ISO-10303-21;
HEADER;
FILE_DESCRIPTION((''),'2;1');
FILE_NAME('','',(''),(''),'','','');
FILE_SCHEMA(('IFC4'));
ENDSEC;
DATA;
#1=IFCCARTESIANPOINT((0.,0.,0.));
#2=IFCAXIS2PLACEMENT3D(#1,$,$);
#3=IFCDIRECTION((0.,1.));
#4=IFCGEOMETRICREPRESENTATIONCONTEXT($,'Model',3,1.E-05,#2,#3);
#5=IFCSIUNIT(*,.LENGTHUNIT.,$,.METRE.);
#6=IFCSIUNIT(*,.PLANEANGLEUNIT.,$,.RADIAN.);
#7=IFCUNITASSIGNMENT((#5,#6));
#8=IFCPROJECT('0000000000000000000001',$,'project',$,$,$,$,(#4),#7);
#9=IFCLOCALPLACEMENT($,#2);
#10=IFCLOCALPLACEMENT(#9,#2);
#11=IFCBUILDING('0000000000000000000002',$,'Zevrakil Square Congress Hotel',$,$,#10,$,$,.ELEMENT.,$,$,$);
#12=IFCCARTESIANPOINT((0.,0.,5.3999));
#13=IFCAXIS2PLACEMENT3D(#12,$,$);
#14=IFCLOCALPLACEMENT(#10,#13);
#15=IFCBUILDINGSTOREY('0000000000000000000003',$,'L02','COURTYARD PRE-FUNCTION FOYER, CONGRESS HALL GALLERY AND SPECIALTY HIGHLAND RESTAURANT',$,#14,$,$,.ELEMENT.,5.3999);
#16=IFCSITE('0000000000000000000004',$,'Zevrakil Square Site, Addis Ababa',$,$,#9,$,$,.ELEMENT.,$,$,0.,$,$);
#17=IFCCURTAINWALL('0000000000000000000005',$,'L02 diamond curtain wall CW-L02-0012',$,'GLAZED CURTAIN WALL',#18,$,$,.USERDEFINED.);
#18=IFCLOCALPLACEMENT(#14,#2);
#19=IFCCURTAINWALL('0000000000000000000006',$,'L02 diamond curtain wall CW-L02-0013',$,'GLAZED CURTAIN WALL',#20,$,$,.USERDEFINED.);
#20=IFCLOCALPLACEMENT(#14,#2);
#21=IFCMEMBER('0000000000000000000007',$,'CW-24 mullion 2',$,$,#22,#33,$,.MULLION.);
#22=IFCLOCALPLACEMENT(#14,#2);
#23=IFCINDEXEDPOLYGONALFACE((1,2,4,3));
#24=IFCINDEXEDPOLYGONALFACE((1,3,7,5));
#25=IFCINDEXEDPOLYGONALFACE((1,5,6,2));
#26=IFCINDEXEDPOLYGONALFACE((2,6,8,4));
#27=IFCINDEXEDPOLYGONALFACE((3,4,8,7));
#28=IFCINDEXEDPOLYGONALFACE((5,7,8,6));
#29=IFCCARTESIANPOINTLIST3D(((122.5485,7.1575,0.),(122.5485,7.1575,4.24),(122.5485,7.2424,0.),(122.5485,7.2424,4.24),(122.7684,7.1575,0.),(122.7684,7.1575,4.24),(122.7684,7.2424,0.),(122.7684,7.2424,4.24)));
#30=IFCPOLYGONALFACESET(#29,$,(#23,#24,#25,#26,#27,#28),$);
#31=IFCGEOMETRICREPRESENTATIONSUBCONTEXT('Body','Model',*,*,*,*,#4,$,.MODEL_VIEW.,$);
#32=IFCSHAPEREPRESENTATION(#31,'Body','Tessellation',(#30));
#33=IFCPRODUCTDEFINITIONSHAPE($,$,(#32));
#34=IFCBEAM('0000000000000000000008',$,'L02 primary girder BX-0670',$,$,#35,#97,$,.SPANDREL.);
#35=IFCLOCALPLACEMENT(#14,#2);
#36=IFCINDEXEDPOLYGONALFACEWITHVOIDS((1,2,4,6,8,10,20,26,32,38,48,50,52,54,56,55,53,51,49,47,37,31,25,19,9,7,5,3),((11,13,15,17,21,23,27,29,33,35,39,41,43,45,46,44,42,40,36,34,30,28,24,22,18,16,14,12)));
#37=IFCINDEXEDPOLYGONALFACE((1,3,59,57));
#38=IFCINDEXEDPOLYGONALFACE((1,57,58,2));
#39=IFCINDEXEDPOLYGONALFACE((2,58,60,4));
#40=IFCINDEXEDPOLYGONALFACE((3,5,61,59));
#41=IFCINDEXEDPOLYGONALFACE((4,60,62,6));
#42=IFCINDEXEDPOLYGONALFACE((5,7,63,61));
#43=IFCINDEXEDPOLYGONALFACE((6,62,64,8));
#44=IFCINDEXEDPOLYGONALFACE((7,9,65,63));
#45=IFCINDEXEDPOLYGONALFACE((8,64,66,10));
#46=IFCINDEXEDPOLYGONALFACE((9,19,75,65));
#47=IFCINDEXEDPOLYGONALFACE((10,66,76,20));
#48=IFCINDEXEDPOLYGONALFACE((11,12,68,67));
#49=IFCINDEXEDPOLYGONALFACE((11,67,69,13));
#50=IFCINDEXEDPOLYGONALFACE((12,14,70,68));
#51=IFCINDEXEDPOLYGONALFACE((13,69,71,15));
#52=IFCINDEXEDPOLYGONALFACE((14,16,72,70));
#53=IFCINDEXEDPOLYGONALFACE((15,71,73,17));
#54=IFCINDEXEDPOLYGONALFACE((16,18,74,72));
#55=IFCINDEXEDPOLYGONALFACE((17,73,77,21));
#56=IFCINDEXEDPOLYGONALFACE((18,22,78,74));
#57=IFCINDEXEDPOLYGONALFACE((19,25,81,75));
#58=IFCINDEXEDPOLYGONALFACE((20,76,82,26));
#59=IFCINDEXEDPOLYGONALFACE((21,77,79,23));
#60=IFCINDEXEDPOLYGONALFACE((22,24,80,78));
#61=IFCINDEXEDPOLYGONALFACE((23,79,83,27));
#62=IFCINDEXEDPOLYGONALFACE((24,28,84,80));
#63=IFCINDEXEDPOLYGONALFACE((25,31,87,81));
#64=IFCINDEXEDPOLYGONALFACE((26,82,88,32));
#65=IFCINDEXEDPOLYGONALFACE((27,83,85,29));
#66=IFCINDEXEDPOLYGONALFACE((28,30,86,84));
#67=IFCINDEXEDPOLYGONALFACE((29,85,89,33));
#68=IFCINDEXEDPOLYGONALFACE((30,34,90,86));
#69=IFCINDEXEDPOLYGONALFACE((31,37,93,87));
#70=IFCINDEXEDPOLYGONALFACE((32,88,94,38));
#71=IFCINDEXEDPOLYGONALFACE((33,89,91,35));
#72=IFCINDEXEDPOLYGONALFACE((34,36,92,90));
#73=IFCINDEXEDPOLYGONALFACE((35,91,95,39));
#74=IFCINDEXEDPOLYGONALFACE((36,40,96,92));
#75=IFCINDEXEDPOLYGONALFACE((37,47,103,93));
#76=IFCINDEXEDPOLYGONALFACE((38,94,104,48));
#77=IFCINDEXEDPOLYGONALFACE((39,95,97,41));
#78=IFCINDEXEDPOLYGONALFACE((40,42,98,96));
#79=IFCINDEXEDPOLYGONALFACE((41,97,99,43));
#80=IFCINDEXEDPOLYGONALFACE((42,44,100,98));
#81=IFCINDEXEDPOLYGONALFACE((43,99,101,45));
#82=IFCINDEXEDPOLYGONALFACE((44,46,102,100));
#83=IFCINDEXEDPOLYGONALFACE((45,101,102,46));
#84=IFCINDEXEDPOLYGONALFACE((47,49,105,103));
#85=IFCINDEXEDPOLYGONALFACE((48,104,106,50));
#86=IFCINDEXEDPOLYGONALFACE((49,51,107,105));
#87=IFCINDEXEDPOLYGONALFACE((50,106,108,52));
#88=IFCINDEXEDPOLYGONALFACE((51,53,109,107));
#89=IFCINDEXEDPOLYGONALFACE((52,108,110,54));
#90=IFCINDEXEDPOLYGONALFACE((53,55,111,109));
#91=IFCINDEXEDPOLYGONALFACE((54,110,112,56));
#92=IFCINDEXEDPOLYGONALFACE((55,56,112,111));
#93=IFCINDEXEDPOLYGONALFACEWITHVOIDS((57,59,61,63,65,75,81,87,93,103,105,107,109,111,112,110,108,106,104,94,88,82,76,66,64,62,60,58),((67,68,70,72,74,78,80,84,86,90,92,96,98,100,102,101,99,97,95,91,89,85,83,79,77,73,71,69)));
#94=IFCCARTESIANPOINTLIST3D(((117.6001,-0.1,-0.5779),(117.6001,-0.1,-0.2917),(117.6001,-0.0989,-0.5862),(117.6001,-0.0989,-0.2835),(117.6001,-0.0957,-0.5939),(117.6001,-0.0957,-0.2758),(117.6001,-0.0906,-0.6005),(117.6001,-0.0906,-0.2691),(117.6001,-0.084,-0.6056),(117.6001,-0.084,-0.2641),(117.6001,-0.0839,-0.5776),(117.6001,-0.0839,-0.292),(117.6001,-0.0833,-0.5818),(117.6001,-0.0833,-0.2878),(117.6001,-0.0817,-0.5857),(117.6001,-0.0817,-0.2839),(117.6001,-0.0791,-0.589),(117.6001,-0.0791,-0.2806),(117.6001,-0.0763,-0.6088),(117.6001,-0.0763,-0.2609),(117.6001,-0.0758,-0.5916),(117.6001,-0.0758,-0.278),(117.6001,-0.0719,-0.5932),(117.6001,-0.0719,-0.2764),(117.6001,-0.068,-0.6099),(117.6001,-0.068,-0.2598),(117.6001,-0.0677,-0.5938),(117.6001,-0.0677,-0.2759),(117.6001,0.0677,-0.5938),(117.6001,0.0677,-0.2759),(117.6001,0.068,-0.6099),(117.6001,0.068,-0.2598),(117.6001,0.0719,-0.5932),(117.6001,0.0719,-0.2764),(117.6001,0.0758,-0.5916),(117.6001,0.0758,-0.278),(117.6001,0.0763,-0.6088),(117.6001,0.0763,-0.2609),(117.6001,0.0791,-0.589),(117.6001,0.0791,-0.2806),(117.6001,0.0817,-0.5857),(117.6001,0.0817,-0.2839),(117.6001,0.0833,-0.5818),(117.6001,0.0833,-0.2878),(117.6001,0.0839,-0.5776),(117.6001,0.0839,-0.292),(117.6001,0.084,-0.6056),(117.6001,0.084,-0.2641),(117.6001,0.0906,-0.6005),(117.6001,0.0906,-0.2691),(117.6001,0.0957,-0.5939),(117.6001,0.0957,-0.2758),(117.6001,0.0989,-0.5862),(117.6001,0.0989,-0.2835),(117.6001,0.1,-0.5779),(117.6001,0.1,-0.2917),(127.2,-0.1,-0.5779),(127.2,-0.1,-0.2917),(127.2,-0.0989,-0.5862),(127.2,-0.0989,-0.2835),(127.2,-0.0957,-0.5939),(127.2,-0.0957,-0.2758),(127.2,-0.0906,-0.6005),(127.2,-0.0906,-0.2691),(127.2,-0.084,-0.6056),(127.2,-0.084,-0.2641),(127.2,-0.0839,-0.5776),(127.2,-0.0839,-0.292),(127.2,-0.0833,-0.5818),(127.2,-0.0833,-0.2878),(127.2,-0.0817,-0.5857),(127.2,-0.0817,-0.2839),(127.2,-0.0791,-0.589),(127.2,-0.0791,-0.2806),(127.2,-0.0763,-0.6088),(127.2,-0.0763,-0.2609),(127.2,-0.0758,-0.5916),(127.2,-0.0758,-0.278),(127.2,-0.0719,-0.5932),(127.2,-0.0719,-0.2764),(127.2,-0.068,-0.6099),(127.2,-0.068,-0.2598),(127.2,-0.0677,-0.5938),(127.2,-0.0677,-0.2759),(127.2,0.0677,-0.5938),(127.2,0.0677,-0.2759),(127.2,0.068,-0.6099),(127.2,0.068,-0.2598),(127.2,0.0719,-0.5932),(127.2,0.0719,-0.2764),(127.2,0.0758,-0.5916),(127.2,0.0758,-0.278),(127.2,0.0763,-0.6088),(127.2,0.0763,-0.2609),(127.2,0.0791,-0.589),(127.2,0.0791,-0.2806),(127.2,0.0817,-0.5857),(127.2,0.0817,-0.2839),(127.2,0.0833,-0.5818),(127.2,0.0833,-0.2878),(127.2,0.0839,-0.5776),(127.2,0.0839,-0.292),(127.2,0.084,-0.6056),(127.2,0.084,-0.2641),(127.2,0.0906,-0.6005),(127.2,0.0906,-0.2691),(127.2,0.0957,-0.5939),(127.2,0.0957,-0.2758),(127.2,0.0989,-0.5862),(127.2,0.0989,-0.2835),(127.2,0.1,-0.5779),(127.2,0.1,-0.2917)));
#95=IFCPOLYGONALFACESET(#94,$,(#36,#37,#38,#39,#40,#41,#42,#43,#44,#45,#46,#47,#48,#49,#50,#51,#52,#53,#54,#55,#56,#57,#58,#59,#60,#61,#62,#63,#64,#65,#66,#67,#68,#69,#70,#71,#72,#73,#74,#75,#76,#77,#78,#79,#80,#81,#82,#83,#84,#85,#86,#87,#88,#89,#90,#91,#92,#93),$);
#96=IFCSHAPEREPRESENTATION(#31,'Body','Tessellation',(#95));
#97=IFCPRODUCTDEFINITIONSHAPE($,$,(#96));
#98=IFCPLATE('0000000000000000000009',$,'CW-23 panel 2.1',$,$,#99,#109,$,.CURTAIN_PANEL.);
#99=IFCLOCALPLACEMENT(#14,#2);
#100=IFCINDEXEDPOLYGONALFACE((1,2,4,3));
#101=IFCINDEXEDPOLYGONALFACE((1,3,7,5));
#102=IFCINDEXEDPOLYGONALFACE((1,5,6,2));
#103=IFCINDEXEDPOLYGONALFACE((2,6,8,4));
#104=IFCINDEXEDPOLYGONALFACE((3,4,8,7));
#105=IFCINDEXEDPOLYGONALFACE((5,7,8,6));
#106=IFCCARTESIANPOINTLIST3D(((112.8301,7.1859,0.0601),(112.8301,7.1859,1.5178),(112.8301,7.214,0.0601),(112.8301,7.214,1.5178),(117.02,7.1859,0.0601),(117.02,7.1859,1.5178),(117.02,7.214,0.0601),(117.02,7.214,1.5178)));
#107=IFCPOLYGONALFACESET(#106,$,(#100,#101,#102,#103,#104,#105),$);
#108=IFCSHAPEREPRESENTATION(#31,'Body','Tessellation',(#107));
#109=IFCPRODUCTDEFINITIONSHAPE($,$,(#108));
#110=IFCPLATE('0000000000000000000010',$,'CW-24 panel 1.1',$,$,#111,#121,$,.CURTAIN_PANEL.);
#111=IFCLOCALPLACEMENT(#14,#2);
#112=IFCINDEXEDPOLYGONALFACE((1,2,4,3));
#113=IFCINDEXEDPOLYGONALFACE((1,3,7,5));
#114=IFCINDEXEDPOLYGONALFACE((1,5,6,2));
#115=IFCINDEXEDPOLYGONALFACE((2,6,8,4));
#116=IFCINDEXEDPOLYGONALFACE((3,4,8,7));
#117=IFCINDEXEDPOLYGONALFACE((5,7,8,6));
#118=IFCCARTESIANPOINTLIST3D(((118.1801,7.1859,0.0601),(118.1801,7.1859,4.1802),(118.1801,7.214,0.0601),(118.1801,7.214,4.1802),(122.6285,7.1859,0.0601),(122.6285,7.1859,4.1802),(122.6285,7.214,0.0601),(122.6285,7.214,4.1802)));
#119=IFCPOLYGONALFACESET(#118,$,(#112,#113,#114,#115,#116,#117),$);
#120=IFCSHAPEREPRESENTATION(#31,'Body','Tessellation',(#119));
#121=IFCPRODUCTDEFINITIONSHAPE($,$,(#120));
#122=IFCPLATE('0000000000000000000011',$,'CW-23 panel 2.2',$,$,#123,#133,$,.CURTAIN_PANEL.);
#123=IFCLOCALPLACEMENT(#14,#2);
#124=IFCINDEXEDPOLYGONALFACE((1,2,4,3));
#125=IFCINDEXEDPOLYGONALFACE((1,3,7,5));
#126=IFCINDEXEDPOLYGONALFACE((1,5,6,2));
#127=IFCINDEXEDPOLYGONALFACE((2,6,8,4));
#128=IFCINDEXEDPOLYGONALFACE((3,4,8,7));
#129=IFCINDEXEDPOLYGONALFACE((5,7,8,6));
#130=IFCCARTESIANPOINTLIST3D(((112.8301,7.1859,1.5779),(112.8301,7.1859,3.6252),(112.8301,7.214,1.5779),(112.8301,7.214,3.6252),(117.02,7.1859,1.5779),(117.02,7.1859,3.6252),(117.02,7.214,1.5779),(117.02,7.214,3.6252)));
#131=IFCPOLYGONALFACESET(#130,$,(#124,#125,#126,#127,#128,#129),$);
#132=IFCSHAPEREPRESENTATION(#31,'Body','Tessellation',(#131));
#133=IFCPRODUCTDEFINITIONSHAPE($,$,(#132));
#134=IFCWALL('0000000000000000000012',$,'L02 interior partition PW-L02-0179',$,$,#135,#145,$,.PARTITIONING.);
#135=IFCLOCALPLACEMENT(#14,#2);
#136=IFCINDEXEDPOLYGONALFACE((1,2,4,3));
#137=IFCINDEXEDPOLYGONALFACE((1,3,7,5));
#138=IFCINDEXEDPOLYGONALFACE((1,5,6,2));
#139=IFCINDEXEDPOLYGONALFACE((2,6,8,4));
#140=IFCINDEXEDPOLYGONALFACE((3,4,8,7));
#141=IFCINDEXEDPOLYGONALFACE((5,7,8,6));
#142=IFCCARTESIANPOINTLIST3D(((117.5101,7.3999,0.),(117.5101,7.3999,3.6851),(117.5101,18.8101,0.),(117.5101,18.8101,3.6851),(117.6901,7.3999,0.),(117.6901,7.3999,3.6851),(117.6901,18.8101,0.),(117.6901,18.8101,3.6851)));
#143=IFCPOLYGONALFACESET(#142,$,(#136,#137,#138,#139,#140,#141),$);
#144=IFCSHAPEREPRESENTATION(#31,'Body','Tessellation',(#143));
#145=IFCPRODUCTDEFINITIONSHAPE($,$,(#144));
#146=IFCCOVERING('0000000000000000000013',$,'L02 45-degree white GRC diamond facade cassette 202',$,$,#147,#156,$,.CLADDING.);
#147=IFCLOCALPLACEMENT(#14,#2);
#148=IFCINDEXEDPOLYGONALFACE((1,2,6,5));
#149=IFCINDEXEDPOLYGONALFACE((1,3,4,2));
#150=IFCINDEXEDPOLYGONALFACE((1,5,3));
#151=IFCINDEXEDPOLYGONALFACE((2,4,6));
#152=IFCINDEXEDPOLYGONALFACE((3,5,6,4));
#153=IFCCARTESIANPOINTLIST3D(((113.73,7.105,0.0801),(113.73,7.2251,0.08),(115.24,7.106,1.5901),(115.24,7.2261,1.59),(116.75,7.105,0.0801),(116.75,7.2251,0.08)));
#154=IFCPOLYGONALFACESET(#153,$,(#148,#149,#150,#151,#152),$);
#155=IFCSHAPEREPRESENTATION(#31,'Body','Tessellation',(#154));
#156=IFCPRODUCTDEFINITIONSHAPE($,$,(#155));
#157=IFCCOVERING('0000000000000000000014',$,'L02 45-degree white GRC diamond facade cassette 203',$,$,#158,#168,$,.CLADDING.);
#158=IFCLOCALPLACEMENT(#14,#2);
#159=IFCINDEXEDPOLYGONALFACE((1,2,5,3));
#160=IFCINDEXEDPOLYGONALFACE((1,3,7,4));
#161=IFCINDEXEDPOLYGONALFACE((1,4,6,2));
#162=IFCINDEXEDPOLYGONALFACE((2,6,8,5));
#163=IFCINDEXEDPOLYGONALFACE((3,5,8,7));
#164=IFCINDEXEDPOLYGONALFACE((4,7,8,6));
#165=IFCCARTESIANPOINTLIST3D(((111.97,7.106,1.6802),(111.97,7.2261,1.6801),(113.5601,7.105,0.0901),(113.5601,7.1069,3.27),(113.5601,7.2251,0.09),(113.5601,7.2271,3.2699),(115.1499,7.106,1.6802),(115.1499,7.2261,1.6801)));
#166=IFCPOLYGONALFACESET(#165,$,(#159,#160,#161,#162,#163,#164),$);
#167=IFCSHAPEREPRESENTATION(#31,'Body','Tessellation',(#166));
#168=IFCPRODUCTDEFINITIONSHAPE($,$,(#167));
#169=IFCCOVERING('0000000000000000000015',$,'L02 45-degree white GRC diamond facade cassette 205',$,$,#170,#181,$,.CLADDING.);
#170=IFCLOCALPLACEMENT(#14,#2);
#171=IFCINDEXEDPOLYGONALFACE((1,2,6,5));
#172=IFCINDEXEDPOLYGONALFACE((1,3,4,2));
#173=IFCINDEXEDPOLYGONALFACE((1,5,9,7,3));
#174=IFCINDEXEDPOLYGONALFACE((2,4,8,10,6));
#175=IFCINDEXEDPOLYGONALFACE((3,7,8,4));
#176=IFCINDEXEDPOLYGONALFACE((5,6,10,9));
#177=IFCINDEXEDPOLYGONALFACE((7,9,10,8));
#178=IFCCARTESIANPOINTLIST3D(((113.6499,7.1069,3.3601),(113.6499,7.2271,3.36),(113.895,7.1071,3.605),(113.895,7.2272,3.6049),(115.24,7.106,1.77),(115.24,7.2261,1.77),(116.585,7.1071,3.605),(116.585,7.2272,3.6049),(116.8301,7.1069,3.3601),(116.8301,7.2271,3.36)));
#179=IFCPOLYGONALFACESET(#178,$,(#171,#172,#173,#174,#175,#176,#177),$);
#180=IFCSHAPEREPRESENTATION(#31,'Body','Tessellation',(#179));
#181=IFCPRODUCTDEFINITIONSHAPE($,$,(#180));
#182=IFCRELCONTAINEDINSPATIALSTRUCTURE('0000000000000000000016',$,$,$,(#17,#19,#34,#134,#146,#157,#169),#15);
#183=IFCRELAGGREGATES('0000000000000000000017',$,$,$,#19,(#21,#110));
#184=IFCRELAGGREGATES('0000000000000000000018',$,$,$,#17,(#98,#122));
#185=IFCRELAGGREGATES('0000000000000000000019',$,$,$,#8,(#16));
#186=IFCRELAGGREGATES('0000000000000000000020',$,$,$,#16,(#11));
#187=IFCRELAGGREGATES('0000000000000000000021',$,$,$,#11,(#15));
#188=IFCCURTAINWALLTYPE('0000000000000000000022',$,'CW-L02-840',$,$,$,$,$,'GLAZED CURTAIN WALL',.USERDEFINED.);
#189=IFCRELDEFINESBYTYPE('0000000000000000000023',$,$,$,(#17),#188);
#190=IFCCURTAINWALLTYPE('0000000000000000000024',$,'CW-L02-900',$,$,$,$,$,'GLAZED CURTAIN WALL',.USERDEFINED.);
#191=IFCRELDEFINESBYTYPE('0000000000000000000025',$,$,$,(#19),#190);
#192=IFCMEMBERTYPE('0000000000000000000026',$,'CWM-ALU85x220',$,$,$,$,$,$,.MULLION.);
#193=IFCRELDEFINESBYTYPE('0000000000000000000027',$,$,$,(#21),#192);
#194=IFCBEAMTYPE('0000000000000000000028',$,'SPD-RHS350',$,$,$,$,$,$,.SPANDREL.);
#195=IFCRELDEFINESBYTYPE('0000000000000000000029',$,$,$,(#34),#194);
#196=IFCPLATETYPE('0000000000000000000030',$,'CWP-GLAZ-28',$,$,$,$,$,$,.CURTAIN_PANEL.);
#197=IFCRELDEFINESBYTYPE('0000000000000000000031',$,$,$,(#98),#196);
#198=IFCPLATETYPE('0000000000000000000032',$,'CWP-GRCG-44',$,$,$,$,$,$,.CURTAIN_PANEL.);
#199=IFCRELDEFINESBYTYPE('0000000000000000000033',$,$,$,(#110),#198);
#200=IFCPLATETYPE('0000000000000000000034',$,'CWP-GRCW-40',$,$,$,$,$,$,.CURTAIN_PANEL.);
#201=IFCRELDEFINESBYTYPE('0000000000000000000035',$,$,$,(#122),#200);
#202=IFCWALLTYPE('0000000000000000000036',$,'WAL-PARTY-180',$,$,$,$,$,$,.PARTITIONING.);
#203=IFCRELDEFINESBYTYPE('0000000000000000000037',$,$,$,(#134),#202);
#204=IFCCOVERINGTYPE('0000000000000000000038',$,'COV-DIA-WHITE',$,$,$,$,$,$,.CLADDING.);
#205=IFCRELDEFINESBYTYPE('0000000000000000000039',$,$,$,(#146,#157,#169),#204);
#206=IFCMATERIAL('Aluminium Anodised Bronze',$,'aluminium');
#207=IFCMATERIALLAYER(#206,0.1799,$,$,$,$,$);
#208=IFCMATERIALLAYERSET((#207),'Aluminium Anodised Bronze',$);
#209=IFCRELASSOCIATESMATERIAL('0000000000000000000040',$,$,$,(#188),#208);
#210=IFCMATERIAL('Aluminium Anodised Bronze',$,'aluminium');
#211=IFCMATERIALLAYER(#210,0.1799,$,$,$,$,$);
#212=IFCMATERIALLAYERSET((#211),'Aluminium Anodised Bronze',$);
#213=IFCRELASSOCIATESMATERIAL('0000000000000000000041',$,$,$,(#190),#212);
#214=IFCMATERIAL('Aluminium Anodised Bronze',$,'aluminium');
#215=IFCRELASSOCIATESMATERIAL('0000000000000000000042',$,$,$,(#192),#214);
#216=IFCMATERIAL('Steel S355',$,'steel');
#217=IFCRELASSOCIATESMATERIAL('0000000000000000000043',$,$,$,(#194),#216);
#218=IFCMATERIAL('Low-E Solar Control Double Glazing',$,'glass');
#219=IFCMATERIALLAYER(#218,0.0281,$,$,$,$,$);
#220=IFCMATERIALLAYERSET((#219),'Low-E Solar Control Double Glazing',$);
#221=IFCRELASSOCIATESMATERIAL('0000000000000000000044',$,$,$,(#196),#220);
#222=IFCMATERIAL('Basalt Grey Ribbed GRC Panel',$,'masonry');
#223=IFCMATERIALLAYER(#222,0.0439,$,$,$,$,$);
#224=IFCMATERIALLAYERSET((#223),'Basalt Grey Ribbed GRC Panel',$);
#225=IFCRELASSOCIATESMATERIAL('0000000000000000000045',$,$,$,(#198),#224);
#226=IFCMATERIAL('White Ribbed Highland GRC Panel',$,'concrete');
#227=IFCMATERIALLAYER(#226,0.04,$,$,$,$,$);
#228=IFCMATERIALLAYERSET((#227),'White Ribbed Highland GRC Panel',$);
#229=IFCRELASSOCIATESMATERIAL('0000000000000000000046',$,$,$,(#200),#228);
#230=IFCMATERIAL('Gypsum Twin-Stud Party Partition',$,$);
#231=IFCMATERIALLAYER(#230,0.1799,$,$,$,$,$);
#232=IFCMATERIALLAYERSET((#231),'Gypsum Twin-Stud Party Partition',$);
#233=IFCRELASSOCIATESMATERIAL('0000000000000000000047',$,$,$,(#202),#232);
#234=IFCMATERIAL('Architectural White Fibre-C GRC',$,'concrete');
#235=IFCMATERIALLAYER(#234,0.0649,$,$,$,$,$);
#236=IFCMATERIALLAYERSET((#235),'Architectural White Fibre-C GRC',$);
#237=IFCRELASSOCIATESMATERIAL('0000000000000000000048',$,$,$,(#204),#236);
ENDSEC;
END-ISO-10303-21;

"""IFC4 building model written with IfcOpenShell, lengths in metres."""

from ifc_helpers import new_model, si_unit, direction, frame, frame_2d, origin, origin_2d, place, context, subcontext, project, spatial, polyline, rectangle, hollow_rectangle, outline, extrude, material, layer, layer_set, material_profile, profile_set, type_object, element, aggregate, save


model = new_model("IFC4")

# Units and contexts
model_context = context("Model", 3, precision=1e-05, world=origin(), true_north=direction((0.0, 1.0)))
body_context = subcontext(model_context, "Body", "Model", "MODEL_VIEW")
ifc_project = project(units=[si_unit("LENGTHUNIT", "METRE"), si_unit("PLANEANGLEUNIT", "RADIAN")], contexts=[model_context])

# Site, building, storey
site_placement = place(None, origin())
site = spatial("IfcSite", under=ifc_project, at=site_placement, Name="Zevrakil Square Site, Addis Ababa", CompositionType="ELEMENT", RefElevation=0.0)
building_placement = place(site_placement, origin())
building = spatial("IfcBuilding", under=site, at=building_placement, Name="Zevrakil Square Congress Hotel", CompositionType="ELEMENT")
storey_placement = place(building_placement, frame((0.0, 0.0, 5.3999)))
storey = spatial("IfcBuildingStorey", under=building, at=storey_placement, Name="L02", Description="COURTYARD PRE-FUNCTION FOYER, CONGRESS HALL GALLERY AND SPECIALTY HIGHLAND RESTAURANT", CompositionType="ELEMENT", Elevation=5.3999)

# Curtain wall
ifc_material_1 = material(Name="Aluminium Anodised Bronze", Category="aluminium")
ifc_layer_1 = layer(ifc_material_1, 0.1799)
ifc_layer_set_1 = layer_set([ifc_layer_1], Name="Aluminium Anodised Bronze")
curtain_wall_type_1 = type_object("IfcCurtainWallType", Name="CW-L02-840", ElementType="GLAZED CURTAIN WALL", PredefinedType="USERDEFINED", material=ifc_layer_set_1)
curtain_wall_1_placement = place(storey_placement, origin())
curtain_wall_1 = element("IfcCurtainWall", 1, at=curtain_wall_1_placement, inside=storey, type_object=curtain_wall_type_1, Name="L02 diamond curtain wall CW-L02-0012", ObjectType="GLAZED CURTAIN WALL", PredefinedType="USERDEFINED")

# Curtain wall
ifc_material_2 = material(Name="Aluminium Anodised Bronze", Category="aluminium")
ifc_layer_2 = layer(ifc_material_2, 0.1799)
ifc_layer_set_2 = layer_set([ifc_layer_2], Name="Aluminium Anodised Bronze")
curtain_wall_type_2 = type_object("IfcCurtainWallType", Name="CW-L02-900", ElementType="GLAZED CURTAIN WALL", PredefinedType="USERDEFINED", material=ifc_layer_set_2)
curtain_wall_2_placement = place(storey_placement, origin())
curtain_wall_2 = element("IfcCurtainWall", 2, at=curtain_wall_2_placement, inside=storey, type_object=curtain_wall_type_2, Name="L02 diamond curtain wall CW-L02-0013", ObjectType="GLAZED CURTAIN WALL", PredefinedType="USERDEFINED")

# Member
ifc_material_3 = material(Name="Aluminium Anodised Bronze", Category="aluminium")
ifc_material_profile_1 = material_profile(ifc_material_3, rectangle(XDim=0.085, YDim=0.22, at=origin_2d()), Name="ALU 85x220")
ifc_profile_set_1 = profile_set([ifc_material_profile_1], Name="Aluminium Anodised Bronze")
member_type_1 = type_object("IfcMemberType", Name="CWM-ALU85x220", PredefinedType="MULLION", material=ifc_profile_set_1)
member_1_placement = place(storey_placement, frame((122.6584, 7.2, 0.0), z_axis=(0.0, 0.0, 1.0), x_axis=(0.0, 1.0, 0.0)))
member_1 = element("IfcMember", 3, at=member_1_placement, type_object=member_type_1, Name="CW-24 mullion 2", PredefinedType="MULLION", context=body_context, shape_type="SweptSolid", body=[
    extrude(rectangle(XDim=0.085, YDim=0.22, at=origin_2d()), origin(), (0.0, 0.0, 1.0), 4.24),
])

# Beam
ifc_material_4 = material(Name="Steel S355", Category="steel")
ifc_material_profile_2 = material_profile(ifc_material_4, hollow_rectangle(XDim=0.2, YDim=0.3501, WallThickness=0.0161, InnerFilletRadius=0.0161, OuterFilletRadius=0.032, at=origin_2d()), Name="RHS 350x200x16")
ifc_profile_set_2 = profile_set([ifc_material_profile_2], Name="Steel S355")
beam_type_1 = type_object("IfcBeamType", Name="SPD-RHS350", PredefinedType="SPANDREL", material=ifc_profile_set_2)
beam_1_placement = place(storey_placement, frame((117.6001, 0.0, -0.4348), z_axis=(1.0, 0.0, 0.0), x_axis=(0.0, 1.0, 0.0)))
element("IfcBeam", 4, at=beam_1_placement, inside=storey, type_object=beam_type_1, Name="L02 primary girder BX-0670", PredefinedType="SPANDREL", context=body_context, shape_type="SweptSolid", body=[
    extrude(hollow_rectangle(XDim=0.2, YDim=0.3501, WallThickness=0.0161, InnerFilletRadius=0.0161, OuterFilletRadius=0.032, at=origin_2d()), origin(), (0.0, 0.0, 1.0), 9.5999),
])

# Plates
ifc_material_5 = material(Name="Low-E Solar Control Double Glazing", Category="glass")
ifc_layer_3 = layer(ifc_material_5, 0.0281)
ifc_layer_set_3 = layer_set([ifc_layer_3], Name="Low-E Solar Control Double Glazing")
plate_type_1 = type_object("IfcPlateType", Name="CWP-GLAZ-28", PredefinedType="CURTAIN_PANEL", material=ifc_layer_set_3)
plate_1_placement = place(storey_placement, frame((114.925, 7.2, 0.0601), z_axis=(0.0, 0.0, 1.0), x_axis=(1.0, 0.0, 0.0)))
plate_1 = element("IfcPlate", 5, at=plate_1_placement, type_object=plate_type_1, Name="CW-23 panel 2.1", PredefinedType="CURTAIN_PANEL", context=body_context, shape_type="SweptSolid", body=[
    extrude(rectangle(XDim=4.1899, YDim=0.0281, at=origin_2d()), origin(), (0.0, 0.0, 1.0), 1.4578),
])
ifc_material_6 = material(Name="Basalt Grey Ribbed GRC Panel", Category="masonry")
ifc_layer_4 = layer(ifc_material_6, 0.0439)
ifc_layer_set_4 = layer_set([ifc_layer_4], Name="Basalt Grey Ribbed GRC Panel")
plate_type_2 = type_object("IfcPlateType", Name="CWP-GRCG-44", PredefinedType="CURTAIN_PANEL", material=ifc_layer_set_4)
plate_2_placement = place(storey_placement, frame((120.4043, 7.2, 0.0601), z_axis=(0.0, 0.0, 1.0), x_axis=(1.0, 0.0, 0.0)))
plate_2 = element("IfcPlate", 6, at=plate_2_placement, type_object=plate_type_2, Name="CW-24 panel 1.1", PredefinedType="CURTAIN_PANEL", context=body_context, shape_type="SweptSolid", body=[
    extrude(rectangle(XDim=4.4485, YDim=0.0281, at=origin_2d()), origin(), (0.0, 0.0, 1.0), 4.1201),
])
aggregate(curtain_wall_2, [member_1, plate_2])
ifc_material_7 = material(Name="White Ribbed Highland GRC Panel", Category="concrete")
ifc_layer_5 = layer(ifc_material_7, 0.04)
ifc_layer_set_5 = layer_set([ifc_layer_5], Name="White Ribbed Highland GRC Panel")
plate_type_3 = type_object("IfcPlateType", Name="CWP-GRCW-40", PredefinedType="CURTAIN_PANEL", material=ifc_layer_set_5)
plate_3_placement = place(storey_placement, frame((114.925, 7.2, 1.5779), z_axis=(0.0, 0.0, 1.0), x_axis=(1.0, 0.0, 0.0)))
plate_3 = element("IfcPlate", 7, at=plate_3_placement, type_object=plate_type_3, Name="CW-23 panel 2.2", PredefinedType="CURTAIN_PANEL", context=body_context, shape_type="SweptSolid", body=[
    extrude(rectangle(XDim=4.1899, YDim=0.0281, at=origin_2d()), origin(), (0.0, 0.0, 1.0), 2.0474),
])
aggregate(curtain_wall_1, [plate_1, plate_3])

# Wall
ifc_material_8 = material(Name="Gypsum Twin-Stud Party Partition")
ifc_layer_6 = layer(ifc_material_8, 0.1799)
ifc_layer_set_6 = layer_set([ifc_layer_6], Name="Gypsum Twin-Stud Party Partition")
wall_type = type_object("IfcWallType", Name="WAL-PARTY-180", PredefinedType="PARTITIONING", material=ifc_layer_set_6)
wall_placement = place(storey_placement, frame((117.6001, 7.3999, 0.0), z_axis=(0.0, 0.0, 1.0), x_axis=(0.0, 1.0, 0.0)))
element("IfcWall", 8, at=wall_placement, inside=storey, type_object=wall_type, Name="L02 interior partition PW-L02-0179", PredefinedType="PARTITIONING", context=body_context, shape_type="SweptSolid", body=[
    extrude(rectangle(XDim=11.4102, YDim=0.1799, at=frame_2d((5.7051, 0.0))), origin(), (0.0, 0.0, 1.0), 3.6851),
])

# Coverings
ifc_material_9 = material(Name="Architectural White Fibre-C GRC", Category="concrete")
ifc_layer_7 = layer(ifc_material_9, 0.0649)
ifc_layer_set_7 = layer_set([ifc_layer_7], Name="Architectural White Fibre-C GRC")
covering_type_1 = type_object("IfcCoveringType", Name="COV-DIA-WHITE", PredefinedType="CLADDING", material=ifc_layer_set_7)
covering_1_placement = place(storey_placement, frame((115.24, 7.106, 1.5901), z_axis=(0.0, -1.0, 0.000647), x_axis=(0.707107, -0.000457, -0.707107)))
element("IfcCovering", 9, at=covering_1_placement, inside=storey, type_object=covering_type_1, Name="L02 45-degree white GRC diamond facade cassette 202", PredefinedType="CLADDING", context=body_context, shape_type="SweptSolid", body=[
    extrude(outline(polyline([(0.0, 0.0), (2.1355, 0.0), (0.0, -2.1355), (0.0, 0.0)])), origin(), (0.0, 0.0, -1.0), 0.1201),
])
covering_2_placement = place(storey_placement, frame((113.5601, 7.1069, 3.27), z_axis=(0.0, -1.0, 0.000614), x_axis=(0.707107, -0.000434, -0.707107)))
element("IfcCovering", 10, at=covering_2_placement, inside=storey, type_object=covering_type_1, Name="L02 45-degree white GRC diamond facade cassette 203", PredefinedType="CLADDING", context=body_context, shape_type="SweptSolid", body=[
    extrude(outline(polyline([(0.0, 0.0), (2.2484, 0.0), (2.2486, -2.2486), (-0.0002, -2.2486), (0.0, 0.0)])), origin(), (0.0, 0.0, -1.0), 0.1201),
])
covering_3_placement = place(storey_placement, frame((116.8301, 7.1069, 3.3601), z_axis=(0.0, -1.0, 0.000579), x_axis=(-0.707107, -0.00041, -0.707107)))
element("IfcCovering", 11, at=covering_3_placement, inside=storey, type_object=covering_type_1, Name="L02 45-degree white GRC diamond facade cassette 205", PredefinedType="CLADDING", context=body_context, shape_type="SweptSolid", body=[
    extrude(outline(polyline([(0.0, 0.0), (2.2487, 0.0), (2.2487, -2.2487), (1.9022, -2.2486), (0.0002, -0.3465), (0.0, 0.0)])), origin(), (0.0, 0.0, -1.0), 0.1201),
])

save(model, "model.ifc")
